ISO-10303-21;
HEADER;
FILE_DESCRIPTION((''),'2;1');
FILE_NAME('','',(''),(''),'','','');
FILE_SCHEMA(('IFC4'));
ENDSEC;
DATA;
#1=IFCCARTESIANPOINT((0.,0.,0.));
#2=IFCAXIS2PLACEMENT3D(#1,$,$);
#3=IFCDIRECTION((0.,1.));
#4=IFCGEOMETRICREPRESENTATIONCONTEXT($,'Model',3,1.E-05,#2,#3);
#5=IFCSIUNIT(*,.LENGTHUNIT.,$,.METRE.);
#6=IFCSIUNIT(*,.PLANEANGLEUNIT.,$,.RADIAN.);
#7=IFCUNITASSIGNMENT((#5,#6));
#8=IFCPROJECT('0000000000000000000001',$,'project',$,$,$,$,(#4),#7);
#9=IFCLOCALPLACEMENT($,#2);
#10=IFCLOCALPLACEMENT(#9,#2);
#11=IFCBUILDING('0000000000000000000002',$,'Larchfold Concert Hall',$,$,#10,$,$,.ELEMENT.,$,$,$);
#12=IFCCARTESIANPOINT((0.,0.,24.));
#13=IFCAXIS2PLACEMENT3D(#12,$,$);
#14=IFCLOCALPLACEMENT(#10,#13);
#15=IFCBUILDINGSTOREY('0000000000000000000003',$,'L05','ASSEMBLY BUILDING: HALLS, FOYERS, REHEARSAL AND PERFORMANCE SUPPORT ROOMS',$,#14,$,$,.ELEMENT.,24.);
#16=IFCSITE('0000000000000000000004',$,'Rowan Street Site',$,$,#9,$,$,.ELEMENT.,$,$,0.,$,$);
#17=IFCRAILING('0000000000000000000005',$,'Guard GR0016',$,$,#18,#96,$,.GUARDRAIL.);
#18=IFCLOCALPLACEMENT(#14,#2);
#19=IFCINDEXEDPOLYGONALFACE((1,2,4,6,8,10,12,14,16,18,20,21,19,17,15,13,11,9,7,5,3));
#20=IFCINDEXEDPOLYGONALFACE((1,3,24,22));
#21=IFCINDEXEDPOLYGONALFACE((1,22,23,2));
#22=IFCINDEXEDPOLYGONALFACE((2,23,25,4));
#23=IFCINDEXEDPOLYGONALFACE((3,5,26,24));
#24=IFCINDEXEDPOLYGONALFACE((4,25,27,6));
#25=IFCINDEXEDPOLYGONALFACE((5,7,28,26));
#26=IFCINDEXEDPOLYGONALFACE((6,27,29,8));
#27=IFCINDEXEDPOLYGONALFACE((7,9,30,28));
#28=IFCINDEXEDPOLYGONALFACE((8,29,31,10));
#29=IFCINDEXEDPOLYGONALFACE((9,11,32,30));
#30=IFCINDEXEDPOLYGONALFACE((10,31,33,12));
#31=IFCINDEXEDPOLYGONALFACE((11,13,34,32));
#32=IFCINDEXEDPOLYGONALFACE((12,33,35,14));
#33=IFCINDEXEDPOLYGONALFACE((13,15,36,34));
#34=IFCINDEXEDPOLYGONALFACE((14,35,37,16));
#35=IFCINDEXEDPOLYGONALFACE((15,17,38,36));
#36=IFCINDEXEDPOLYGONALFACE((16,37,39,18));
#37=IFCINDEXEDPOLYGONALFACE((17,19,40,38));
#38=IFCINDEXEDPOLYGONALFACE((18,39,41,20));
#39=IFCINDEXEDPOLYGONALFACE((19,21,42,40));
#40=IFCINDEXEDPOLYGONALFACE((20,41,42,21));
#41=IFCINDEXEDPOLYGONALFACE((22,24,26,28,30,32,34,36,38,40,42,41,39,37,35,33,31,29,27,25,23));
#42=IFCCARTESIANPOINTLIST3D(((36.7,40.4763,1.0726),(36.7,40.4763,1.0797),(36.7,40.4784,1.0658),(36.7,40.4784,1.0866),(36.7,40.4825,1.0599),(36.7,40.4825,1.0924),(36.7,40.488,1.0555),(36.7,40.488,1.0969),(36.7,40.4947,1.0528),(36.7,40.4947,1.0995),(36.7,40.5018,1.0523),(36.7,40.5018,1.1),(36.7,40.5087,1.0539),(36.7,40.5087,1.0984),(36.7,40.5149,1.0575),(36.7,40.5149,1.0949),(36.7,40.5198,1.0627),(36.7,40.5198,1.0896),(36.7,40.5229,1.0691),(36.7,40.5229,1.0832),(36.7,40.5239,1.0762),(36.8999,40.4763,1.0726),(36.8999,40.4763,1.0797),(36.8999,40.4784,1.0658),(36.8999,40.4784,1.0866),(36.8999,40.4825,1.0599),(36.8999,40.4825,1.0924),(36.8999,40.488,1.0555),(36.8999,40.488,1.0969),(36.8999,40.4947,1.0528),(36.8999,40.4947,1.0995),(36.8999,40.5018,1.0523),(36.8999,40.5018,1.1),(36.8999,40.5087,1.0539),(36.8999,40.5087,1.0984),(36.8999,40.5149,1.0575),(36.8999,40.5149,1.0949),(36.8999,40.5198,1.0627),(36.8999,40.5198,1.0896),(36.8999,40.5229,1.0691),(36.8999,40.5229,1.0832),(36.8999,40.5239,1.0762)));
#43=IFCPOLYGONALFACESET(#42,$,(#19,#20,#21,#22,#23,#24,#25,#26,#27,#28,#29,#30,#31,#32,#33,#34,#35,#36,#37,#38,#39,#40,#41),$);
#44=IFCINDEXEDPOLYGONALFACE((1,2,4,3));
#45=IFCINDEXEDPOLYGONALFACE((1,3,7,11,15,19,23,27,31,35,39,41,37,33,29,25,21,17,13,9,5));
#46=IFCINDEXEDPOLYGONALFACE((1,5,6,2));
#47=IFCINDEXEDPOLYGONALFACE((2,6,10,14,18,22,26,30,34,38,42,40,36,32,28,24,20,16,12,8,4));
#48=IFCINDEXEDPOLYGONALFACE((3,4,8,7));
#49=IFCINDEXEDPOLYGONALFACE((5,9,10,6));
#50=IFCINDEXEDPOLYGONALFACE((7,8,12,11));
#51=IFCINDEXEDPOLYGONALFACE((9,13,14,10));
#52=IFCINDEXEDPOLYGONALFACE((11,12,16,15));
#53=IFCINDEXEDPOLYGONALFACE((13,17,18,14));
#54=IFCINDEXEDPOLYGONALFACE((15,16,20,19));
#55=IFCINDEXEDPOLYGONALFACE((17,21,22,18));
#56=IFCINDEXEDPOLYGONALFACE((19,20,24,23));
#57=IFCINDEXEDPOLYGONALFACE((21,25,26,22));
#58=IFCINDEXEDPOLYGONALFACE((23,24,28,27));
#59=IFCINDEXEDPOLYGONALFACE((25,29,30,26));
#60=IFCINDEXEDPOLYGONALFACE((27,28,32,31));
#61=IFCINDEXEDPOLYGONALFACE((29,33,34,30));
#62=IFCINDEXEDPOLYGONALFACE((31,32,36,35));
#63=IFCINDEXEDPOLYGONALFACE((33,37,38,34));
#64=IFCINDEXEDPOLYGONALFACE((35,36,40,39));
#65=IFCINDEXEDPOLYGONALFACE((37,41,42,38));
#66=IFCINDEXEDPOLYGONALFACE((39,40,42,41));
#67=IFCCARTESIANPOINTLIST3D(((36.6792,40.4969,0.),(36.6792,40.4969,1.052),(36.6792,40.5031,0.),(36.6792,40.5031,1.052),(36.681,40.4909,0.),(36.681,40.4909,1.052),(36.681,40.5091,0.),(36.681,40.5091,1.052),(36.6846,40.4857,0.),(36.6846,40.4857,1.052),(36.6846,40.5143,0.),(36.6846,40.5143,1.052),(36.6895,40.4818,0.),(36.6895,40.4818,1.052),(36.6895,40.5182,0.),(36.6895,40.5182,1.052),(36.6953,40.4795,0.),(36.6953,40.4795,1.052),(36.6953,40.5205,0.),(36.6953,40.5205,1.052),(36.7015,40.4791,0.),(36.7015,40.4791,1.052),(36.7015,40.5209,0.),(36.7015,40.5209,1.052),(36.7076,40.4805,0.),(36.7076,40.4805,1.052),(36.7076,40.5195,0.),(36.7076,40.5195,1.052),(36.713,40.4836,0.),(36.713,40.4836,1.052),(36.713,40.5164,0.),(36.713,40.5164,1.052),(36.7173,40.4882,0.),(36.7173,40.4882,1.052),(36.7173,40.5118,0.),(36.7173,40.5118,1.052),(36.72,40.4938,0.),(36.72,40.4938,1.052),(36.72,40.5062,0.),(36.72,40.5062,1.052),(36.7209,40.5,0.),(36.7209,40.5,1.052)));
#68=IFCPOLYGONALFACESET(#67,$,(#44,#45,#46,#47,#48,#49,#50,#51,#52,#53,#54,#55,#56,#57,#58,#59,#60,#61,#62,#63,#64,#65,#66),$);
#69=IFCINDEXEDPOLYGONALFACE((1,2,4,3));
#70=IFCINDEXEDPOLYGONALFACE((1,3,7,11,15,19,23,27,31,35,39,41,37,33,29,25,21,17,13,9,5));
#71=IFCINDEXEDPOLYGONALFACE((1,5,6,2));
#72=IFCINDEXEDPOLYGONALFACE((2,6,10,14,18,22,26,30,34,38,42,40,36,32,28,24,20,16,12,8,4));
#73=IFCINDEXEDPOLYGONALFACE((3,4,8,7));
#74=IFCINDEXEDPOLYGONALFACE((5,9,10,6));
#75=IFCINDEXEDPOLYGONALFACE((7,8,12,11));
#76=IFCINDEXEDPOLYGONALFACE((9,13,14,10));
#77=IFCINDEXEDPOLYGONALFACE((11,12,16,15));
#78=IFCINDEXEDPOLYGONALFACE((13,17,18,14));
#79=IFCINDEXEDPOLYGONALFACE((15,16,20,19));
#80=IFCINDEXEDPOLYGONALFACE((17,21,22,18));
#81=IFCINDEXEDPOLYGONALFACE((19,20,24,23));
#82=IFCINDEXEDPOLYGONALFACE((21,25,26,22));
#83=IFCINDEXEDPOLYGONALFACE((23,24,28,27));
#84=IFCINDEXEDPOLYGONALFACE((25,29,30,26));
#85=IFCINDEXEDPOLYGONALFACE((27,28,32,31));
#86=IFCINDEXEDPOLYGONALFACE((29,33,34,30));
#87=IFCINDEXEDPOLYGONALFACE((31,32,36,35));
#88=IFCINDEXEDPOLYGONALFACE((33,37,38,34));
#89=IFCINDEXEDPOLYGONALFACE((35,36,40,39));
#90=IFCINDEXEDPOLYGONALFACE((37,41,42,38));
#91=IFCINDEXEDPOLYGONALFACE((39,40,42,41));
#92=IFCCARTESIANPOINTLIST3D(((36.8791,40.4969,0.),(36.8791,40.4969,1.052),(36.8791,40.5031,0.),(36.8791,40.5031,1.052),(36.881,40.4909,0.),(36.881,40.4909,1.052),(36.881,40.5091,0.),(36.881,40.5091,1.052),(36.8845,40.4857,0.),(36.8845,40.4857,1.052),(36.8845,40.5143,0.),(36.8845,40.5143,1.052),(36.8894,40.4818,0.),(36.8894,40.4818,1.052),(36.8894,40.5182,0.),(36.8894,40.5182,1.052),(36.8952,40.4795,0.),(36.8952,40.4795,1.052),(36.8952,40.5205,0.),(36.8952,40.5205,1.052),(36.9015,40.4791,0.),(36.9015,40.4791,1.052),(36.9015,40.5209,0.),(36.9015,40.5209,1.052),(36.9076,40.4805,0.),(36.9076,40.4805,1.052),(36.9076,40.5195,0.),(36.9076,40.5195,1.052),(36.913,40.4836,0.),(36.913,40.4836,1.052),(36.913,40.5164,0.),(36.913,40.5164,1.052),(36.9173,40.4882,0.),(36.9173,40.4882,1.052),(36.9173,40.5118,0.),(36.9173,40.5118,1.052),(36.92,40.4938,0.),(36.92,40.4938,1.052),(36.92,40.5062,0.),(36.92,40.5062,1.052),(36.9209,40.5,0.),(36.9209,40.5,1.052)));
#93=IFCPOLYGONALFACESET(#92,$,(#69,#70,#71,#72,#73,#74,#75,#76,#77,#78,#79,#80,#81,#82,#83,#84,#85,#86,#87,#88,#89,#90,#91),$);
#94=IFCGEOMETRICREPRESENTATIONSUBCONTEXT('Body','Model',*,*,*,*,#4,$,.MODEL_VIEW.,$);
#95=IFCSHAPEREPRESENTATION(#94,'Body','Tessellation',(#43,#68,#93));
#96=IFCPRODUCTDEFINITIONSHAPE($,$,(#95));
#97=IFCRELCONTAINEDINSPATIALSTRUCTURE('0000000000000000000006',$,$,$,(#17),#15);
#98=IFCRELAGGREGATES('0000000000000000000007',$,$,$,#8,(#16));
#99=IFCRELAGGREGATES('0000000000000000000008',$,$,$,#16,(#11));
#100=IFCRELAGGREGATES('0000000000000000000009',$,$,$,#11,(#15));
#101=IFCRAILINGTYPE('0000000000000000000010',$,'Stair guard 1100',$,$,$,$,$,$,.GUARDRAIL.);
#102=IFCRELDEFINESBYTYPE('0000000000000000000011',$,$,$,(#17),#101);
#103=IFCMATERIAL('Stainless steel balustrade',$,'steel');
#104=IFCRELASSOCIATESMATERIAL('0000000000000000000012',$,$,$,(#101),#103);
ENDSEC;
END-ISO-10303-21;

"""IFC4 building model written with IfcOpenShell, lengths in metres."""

from ifc_helpers import new_model, si_unit, direction, frame, origin, origin_2d, place, context, subcontext, project, spatial, circle, extrude, material, type_object, element, save


model = new_model("IFC4")

# Units and contexts
model_context = context("Model", 3, precision=1e-05, world=origin(), true_north=direction((0.0, 1.0)))
body_context = subcontext(model_context, "Body", "Model", "MODEL_VIEW")
ifc_project = project(units=[si_unit("LENGTHUNIT", "METRE"), si_unit("PLANEANGLEUNIT", "RADIAN")], contexts=[model_context])

# Site, building, storey
site_placement = place(None, origin())
site = spatial("IfcSite", under=ifc_project, at=site_placement, Name="Rowan Street Site", CompositionType="ELEMENT", RefElevation=0.0)
building_placement = place(site_placement, origin())
building = spatial("IfcBuilding", under=site, at=building_placement, Name="Larchfold Concert Hall", CompositionType="ELEMENT")
storey_placement = place(building_placement, frame((0.0, 0.0, 24.0)))
storey = spatial("IfcBuildingStorey", under=building, at=storey_placement, Name="L05", Description="ASSEMBLY BUILDING: HALLS, FOYERS, REHEARSAL AND PERFORMANCE SUPPORT ROOMS", CompositionType="ELEMENT", Elevation=24.0)

# Railing
ifc_material_1 = material(Name="Stainless steel balustrade", Category="steel")
railing_type_1 = type_object("IfcRailingType", Name="Stair guard 1100", PredefinedType="GUARDRAIL", material=ifc_material_1)
railing_1_placement = place(storey_placement, frame((36.7, 40.5, 0.0)))
element("IfcRailing", 1, at=railing_1_placement, inside=storey, type_object=railing_type_1, Name="Guard GR0016", PredefinedType="GUARDRAIL", context=body_context, shape_type="SweptSolid", body=[
    extrude(circle(Radius=0.0239, at=origin_2d()), frame((0.0, 0.0, 1.0762), z_axis=(1.0, 0.0, 0.0), x_axis=(0.0, 1.0, 0.0)), (0.0, 0.0, 1.0), 0.2),
    extrude(circle(Radius=0.021, at=origin_2d()), origin(), (0.0, 0.0, 1.0), 1.052),
    extrude(circle(Radius=0.021, at=origin_2d()), frame((0.2, 0.0, 0.0)), (0.0, 0.0, 1.0), 1.052),
])

save(model, "model.ifc")
